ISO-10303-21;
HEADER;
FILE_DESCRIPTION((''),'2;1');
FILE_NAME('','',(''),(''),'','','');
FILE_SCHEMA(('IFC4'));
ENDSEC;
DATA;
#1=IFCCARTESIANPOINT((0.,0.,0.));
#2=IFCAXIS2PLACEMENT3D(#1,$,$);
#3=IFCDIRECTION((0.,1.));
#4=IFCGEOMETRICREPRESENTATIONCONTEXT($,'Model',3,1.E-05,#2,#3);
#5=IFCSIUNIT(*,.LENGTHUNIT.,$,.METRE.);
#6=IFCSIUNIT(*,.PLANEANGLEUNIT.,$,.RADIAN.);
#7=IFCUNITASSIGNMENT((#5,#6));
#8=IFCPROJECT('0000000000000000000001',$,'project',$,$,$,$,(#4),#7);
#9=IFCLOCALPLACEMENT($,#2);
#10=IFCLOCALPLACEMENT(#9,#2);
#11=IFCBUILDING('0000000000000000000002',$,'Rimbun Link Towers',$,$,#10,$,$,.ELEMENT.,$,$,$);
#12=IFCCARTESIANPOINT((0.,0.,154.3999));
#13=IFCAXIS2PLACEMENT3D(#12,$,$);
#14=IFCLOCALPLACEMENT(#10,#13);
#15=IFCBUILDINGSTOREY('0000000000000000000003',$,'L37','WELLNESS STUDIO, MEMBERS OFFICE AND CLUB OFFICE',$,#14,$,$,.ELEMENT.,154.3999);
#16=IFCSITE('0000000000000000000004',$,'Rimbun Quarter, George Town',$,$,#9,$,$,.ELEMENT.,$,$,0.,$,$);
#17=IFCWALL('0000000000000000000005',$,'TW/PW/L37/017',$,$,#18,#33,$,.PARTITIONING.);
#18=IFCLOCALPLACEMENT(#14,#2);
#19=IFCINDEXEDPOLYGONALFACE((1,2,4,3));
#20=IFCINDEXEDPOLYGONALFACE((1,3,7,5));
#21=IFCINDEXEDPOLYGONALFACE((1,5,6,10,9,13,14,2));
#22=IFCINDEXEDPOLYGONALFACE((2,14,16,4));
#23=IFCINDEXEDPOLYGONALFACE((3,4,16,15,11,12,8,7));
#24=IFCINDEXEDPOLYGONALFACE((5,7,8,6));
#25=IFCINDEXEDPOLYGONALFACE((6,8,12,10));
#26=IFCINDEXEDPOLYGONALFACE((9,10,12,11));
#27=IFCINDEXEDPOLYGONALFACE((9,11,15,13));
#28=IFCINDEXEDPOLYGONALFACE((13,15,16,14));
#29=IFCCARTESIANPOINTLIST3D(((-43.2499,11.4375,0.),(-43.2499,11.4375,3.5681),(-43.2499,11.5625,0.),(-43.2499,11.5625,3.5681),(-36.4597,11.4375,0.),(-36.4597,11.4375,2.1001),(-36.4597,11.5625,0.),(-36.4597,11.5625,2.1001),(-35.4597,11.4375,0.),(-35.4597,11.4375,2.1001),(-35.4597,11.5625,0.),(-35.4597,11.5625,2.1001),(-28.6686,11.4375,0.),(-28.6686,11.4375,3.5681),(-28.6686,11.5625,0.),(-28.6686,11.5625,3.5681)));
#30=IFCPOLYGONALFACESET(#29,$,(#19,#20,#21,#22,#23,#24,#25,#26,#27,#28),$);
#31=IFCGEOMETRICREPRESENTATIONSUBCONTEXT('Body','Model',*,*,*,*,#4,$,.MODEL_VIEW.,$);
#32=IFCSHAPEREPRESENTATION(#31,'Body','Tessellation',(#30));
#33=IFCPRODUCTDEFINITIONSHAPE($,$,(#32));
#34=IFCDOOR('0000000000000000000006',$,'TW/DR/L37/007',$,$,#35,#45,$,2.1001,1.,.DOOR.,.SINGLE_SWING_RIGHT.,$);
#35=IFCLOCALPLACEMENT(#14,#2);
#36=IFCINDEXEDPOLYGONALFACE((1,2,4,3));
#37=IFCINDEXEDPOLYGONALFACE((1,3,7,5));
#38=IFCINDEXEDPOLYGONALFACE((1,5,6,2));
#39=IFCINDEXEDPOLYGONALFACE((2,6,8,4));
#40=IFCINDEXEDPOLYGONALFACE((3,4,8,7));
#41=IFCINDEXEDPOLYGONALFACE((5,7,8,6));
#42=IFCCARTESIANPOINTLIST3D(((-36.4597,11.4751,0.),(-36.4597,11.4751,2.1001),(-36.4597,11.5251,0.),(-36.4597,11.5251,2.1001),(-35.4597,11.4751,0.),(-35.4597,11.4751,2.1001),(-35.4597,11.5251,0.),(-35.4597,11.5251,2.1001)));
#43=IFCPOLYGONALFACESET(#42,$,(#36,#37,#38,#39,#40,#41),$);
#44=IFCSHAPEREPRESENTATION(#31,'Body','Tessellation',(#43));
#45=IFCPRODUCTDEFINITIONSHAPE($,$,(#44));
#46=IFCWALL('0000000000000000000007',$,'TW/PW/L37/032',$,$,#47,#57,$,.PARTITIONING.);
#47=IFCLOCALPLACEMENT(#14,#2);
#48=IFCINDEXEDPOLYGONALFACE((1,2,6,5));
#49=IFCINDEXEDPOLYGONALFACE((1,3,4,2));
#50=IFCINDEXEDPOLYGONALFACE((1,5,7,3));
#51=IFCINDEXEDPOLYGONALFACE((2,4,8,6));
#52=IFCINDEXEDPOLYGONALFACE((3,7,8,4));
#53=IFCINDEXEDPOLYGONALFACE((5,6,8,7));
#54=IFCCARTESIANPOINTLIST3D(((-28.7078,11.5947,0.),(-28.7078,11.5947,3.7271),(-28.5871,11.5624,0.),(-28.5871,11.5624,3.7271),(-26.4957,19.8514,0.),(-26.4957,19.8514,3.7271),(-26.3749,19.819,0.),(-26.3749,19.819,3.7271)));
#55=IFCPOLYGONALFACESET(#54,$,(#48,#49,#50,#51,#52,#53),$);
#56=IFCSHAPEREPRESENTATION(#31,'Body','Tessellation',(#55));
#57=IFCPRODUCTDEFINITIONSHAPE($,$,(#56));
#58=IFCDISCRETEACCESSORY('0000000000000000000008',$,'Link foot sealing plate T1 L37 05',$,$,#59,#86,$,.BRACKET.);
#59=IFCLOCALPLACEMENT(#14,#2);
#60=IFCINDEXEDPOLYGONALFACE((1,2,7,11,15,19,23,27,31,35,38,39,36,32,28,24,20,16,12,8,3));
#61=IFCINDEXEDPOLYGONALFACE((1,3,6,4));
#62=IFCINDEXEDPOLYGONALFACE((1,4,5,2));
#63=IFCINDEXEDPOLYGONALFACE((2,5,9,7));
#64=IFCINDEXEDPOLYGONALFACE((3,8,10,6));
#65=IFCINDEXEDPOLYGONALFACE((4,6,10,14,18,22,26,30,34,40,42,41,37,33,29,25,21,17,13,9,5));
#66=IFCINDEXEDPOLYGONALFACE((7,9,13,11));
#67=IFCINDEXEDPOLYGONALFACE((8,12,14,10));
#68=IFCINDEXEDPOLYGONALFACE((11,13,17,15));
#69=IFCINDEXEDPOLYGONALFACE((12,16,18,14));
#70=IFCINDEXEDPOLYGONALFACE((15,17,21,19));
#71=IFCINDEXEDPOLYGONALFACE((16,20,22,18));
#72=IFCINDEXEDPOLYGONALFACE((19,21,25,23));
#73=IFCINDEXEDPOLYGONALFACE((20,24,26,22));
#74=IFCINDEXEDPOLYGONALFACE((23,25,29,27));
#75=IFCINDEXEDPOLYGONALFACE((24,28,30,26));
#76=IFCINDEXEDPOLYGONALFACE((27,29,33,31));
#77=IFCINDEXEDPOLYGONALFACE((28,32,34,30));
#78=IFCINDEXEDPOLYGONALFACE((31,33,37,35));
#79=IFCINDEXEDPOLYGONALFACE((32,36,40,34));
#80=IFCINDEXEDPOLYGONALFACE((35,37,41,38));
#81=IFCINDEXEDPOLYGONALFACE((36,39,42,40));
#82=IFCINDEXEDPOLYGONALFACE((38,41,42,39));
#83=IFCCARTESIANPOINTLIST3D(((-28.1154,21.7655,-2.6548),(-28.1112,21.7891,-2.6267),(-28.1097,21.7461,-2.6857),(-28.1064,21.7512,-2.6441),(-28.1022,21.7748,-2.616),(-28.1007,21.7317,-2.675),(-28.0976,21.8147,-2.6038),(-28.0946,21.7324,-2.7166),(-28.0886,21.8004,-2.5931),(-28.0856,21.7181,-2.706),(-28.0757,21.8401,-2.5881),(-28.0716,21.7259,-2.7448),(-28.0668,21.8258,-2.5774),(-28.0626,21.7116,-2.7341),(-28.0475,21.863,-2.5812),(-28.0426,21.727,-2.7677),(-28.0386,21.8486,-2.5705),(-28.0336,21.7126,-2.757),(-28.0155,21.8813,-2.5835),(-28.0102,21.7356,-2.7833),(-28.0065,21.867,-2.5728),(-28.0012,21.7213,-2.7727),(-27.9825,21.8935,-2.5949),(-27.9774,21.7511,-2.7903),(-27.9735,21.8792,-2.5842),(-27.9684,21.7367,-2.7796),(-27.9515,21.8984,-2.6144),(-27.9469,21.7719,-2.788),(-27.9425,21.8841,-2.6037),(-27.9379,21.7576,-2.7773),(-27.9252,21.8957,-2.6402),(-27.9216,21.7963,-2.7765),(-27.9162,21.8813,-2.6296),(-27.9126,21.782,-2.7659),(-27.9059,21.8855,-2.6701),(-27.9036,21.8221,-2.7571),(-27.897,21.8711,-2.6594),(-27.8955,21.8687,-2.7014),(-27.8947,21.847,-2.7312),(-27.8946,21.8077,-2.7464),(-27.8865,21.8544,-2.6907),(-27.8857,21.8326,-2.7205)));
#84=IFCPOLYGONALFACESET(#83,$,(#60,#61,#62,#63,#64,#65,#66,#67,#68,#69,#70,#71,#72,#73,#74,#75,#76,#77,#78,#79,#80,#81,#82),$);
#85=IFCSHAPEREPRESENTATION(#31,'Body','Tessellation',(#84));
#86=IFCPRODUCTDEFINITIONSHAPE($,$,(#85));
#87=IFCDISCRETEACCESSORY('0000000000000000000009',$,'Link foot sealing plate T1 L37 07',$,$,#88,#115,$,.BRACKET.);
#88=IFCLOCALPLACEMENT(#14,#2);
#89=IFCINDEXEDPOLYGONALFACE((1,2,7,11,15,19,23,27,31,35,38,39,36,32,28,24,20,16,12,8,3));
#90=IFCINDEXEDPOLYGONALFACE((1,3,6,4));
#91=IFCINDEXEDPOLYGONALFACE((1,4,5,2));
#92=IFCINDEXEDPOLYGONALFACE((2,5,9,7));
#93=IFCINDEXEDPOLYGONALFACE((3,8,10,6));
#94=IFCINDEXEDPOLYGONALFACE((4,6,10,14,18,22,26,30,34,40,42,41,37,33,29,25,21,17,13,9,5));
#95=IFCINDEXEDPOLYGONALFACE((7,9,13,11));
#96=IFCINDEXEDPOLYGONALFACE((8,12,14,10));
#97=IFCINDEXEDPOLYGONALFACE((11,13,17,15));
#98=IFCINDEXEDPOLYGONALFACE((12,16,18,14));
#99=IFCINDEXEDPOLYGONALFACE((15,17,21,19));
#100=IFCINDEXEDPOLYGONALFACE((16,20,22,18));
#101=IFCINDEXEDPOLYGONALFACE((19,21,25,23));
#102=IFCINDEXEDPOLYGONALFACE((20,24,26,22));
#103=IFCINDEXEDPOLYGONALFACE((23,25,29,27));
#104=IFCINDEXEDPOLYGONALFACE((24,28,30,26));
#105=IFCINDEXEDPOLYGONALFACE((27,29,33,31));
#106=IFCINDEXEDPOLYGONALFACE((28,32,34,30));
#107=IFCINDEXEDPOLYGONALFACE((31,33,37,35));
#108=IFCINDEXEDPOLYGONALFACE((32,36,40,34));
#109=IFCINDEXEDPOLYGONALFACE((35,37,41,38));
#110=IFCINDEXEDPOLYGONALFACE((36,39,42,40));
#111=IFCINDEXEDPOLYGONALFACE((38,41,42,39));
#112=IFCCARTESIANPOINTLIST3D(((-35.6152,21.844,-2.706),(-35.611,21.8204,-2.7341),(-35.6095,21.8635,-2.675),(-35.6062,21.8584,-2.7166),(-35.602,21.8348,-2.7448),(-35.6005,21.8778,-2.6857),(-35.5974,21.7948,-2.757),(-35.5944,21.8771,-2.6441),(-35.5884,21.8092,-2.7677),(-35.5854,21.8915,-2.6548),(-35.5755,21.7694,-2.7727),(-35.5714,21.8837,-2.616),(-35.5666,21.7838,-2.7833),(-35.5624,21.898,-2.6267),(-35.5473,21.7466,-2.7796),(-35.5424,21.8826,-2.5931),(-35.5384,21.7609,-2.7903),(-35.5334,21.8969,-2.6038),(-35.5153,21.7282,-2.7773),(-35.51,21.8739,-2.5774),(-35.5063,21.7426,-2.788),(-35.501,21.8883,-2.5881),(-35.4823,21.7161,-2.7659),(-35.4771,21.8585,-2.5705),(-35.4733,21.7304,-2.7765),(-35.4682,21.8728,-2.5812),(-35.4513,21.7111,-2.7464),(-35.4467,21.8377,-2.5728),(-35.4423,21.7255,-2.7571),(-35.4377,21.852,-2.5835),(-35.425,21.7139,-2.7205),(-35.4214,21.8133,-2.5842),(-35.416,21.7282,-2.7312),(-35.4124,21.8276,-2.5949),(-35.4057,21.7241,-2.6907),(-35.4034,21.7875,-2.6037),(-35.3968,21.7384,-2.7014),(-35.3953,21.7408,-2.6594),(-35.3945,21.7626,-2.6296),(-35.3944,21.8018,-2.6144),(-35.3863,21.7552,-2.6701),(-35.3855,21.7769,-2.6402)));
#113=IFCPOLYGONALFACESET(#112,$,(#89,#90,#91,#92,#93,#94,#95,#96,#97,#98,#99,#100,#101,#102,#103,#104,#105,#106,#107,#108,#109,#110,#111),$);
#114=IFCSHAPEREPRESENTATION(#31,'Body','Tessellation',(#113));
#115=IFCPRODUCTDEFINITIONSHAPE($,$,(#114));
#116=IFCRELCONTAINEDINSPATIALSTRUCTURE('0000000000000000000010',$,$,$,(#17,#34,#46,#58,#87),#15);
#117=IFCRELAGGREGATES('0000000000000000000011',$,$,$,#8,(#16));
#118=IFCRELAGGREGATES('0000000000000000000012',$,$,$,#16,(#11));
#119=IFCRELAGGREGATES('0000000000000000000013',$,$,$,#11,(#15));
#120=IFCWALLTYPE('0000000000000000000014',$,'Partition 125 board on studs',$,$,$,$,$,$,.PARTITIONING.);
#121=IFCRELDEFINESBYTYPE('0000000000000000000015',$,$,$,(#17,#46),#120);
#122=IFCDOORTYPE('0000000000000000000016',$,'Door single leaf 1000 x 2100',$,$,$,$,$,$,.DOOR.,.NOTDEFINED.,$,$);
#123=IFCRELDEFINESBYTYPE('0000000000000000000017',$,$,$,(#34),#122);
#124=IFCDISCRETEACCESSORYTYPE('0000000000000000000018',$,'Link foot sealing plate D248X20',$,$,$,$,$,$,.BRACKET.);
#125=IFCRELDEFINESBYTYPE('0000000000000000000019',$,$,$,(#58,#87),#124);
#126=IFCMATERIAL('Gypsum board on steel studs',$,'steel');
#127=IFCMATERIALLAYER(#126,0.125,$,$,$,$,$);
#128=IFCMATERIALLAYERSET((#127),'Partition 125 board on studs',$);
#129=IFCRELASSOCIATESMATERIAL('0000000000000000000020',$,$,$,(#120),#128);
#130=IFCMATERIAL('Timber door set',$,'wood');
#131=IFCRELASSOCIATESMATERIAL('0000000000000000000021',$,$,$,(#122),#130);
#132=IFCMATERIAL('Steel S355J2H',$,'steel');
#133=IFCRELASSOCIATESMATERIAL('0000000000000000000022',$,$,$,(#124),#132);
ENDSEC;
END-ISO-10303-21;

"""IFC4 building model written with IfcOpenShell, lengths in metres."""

from ifc_helpers import new_model, si_unit, direction, frame, frame_2d, origin, origin_2d, place, context, subcontext, project, spatial, rectangle, circle, extrude, material, layer, layer_set, material_profile, profile_set, type_object, element, fill, save


model = new_model("IFC4")

# Units and contexts
model_context = context("Model", 3, precision=1e-05, world=origin(), true_north=direction((0.0, 1.0)))
body_context = subcontext(model_context, "Body", "Model", "MODEL_VIEW")
ifc_project = project(units=[si_unit("LENGTHUNIT", "METRE"), si_unit("PLANEANGLEUNIT", "RADIAN")], contexts=[model_context])

# Site, building, storey
site_placement = place(None, origin())
site = spatial("IfcSite", under=ifc_project, at=site_placement, Name="Rimbun Quarter, George Town", CompositionType="ELEMENT", RefElevation=0.0)
building_placement = place(site_placement, origin())
building = spatial("IfcBuilding", under=site, at=building_placement, Name="Rimbun Link Towers", CompositionType="ELEMENT")
storey_placement = place(building_placement, frame((0.0, 0.0, 154.3999)))
storey = spatial("IfcBuildingStorey", under=building, at=storey_placement, Name="L37", Description="WELLNESS STUDIO, MEMBERS OFFICE AND CLUB OFFICE", CompositionType="ELEMENT", Elevation=154.3999)

# Wall, opening, door
ifc_material_1 = material(Name="Gypsum board on steel studs", Category="steel")
ifc_layer_1 = layer(ifc_material_1, 0.125)
ifc_layer_set_1 = layer_set([ifc_layer_1], Name="Partition 125 board on studs")
wall_type = type_object("IfcWallType", Name="Partition 125 board on studs", PredefinedType="PARTITIONING", material=ifc_layer_set_1)
wall_1_placement = place(storey_placement, frame((-28.6687, 11.5, 0.0), z_axis=(0.0, 0.0, 1.0), x_axis=(-1.0, 0.0, 0.0)))
wall_1 = element("IfcWall", 1, at=wall_1_placement, inside=storey, type_object=wall_type, Name="TW/PW/L37/017", PredefinedType="PARTITIONING", context=body_context, shape_type="SweptSolid", body=[
    extrude(rectangle(XDim=14.5813, YDim=0.125, at=frame_2d((7.2905, 0.0))), origin(), (0.0, 0.0, 1.0), 3.5681),
])
opening_placement = place(wall_1_placement, frame((6.791, 0.0, 0.0)))
opening = element("IfcOpeningElement", 2, at=opening_placement, cuts=wall_1, PredefinedType="OPENING", context=body_context, shape_type="SweptSolid", body=[
    extrude(rectangle(XDim=1.0, YDim=2.1001, at=frame_2d((0.5, 1.05))), frame((0.0, 0.0725, 0.0), z_axis=(0.0, -1.0, 0.0), x_axis=(1.0, 0.0, 0.0)), (0.0, 0.0, 1.0), 0.145),
])
ifc_material_2 = material(Name="Timber door set", Category="wood")
door_type = type_object("IfcDoorType", Name="Door single leaf 1000 x 2100", OperationType="NOTDEFINED", PredefinedType="DOOR", material=ifc_material_2)
door_placement = place(opening_placement, origin())
door = element("IfcDoor", 3, at=door_placement, inside=storey, type_object=door_type, Name="TW/DR/L37/007", OperationType="SINGLE_SWING_RIGHT", OverallHeight=2.1001, OverallWidth=1.0, PredefinedType="DOOR", context=body_context, shape_type="SweptSolid", body=[
    extrude(rectangle(XDim=1.0, YDim=2.1001, at=frame_2d((0.5, 1.05))), frame((0.0, 0.0249, 0.0), z_axis=(0.0, -1.0, 0.0), x_axis=(1.0, 0.0, 0.0)), (0.0, 0.0, 1.0), 0.05),
])
fill(opening, door)

# Wall
wall_2_placement = place(storey_placement, frame((-26.4353, 19.8352, 0.0), z_axis=(0.0, 0.0, 1.0), x_axis=(-0.258798, -0.965931, 0.0)))
element("IfcWall", 4, at=wall_2_placement, inside=storey, type_object=wall_type, Name="TW/PW/L37/032", PredefinedType="PARTITIONING", context=body_context, shape_type="SweptSolid", body=[
    extrude(rectangle(XDim=8.5479, YDim=0.125, at=frame_2d((4.2739, 0.0))), origin(), (0.0, 0.0, 1.0), 3.7271),
])

# Discrete accessories
ifc_material_3 = material(Name="Steel S355J2H", Category="steel")
ifc_material_profile_1 = material_profile(ifc_material_3, circle(Radius=0.124, at=origin_2d()), Name="PL D248")
ifc_profile_set_1 = profile_set([ifc_material_profile_1], Name="Steel S355J2H")
discrete_accessory_type = type_object("IfcDiscreteAccessoryType", Name="Link foot sealing plate D248X20", PredefinedType="BRACKET", material=ifc_profile_set_1)
for number, where, z_axis, x_axis, name in (
    (5, (-27.9956, 21.7976, -2.675), (-0.449154, 0.716218, -0.534128), (-0.847191, -0.531289, 0.0), "Link foot sealing plate T1 L37 05"),
    (6, (-35.5044, 21.7976, -2.675), (0.449154, 0.716218, -0.534128), (-0.847191, 0.531289, 0.0), "Link foot sealing plate T1 L37 07"),
):
    element("IfcDiscreteAccessory", number, at=place(storey_placement, frame(where, z_axis=z_axis, x_axis=x_axis)), inside=storey, type_object=discrete_accessory_type, Name=name, PredefinedType="BRACKET", context=body_context, shape_type="SweptSolid", body=[
        extrude(circle(Radius=0.124, at=origin_2d()), origin(), (0.0, 0.0, 1.0), 0.02),
    ])

save(model, "model.ifc")
